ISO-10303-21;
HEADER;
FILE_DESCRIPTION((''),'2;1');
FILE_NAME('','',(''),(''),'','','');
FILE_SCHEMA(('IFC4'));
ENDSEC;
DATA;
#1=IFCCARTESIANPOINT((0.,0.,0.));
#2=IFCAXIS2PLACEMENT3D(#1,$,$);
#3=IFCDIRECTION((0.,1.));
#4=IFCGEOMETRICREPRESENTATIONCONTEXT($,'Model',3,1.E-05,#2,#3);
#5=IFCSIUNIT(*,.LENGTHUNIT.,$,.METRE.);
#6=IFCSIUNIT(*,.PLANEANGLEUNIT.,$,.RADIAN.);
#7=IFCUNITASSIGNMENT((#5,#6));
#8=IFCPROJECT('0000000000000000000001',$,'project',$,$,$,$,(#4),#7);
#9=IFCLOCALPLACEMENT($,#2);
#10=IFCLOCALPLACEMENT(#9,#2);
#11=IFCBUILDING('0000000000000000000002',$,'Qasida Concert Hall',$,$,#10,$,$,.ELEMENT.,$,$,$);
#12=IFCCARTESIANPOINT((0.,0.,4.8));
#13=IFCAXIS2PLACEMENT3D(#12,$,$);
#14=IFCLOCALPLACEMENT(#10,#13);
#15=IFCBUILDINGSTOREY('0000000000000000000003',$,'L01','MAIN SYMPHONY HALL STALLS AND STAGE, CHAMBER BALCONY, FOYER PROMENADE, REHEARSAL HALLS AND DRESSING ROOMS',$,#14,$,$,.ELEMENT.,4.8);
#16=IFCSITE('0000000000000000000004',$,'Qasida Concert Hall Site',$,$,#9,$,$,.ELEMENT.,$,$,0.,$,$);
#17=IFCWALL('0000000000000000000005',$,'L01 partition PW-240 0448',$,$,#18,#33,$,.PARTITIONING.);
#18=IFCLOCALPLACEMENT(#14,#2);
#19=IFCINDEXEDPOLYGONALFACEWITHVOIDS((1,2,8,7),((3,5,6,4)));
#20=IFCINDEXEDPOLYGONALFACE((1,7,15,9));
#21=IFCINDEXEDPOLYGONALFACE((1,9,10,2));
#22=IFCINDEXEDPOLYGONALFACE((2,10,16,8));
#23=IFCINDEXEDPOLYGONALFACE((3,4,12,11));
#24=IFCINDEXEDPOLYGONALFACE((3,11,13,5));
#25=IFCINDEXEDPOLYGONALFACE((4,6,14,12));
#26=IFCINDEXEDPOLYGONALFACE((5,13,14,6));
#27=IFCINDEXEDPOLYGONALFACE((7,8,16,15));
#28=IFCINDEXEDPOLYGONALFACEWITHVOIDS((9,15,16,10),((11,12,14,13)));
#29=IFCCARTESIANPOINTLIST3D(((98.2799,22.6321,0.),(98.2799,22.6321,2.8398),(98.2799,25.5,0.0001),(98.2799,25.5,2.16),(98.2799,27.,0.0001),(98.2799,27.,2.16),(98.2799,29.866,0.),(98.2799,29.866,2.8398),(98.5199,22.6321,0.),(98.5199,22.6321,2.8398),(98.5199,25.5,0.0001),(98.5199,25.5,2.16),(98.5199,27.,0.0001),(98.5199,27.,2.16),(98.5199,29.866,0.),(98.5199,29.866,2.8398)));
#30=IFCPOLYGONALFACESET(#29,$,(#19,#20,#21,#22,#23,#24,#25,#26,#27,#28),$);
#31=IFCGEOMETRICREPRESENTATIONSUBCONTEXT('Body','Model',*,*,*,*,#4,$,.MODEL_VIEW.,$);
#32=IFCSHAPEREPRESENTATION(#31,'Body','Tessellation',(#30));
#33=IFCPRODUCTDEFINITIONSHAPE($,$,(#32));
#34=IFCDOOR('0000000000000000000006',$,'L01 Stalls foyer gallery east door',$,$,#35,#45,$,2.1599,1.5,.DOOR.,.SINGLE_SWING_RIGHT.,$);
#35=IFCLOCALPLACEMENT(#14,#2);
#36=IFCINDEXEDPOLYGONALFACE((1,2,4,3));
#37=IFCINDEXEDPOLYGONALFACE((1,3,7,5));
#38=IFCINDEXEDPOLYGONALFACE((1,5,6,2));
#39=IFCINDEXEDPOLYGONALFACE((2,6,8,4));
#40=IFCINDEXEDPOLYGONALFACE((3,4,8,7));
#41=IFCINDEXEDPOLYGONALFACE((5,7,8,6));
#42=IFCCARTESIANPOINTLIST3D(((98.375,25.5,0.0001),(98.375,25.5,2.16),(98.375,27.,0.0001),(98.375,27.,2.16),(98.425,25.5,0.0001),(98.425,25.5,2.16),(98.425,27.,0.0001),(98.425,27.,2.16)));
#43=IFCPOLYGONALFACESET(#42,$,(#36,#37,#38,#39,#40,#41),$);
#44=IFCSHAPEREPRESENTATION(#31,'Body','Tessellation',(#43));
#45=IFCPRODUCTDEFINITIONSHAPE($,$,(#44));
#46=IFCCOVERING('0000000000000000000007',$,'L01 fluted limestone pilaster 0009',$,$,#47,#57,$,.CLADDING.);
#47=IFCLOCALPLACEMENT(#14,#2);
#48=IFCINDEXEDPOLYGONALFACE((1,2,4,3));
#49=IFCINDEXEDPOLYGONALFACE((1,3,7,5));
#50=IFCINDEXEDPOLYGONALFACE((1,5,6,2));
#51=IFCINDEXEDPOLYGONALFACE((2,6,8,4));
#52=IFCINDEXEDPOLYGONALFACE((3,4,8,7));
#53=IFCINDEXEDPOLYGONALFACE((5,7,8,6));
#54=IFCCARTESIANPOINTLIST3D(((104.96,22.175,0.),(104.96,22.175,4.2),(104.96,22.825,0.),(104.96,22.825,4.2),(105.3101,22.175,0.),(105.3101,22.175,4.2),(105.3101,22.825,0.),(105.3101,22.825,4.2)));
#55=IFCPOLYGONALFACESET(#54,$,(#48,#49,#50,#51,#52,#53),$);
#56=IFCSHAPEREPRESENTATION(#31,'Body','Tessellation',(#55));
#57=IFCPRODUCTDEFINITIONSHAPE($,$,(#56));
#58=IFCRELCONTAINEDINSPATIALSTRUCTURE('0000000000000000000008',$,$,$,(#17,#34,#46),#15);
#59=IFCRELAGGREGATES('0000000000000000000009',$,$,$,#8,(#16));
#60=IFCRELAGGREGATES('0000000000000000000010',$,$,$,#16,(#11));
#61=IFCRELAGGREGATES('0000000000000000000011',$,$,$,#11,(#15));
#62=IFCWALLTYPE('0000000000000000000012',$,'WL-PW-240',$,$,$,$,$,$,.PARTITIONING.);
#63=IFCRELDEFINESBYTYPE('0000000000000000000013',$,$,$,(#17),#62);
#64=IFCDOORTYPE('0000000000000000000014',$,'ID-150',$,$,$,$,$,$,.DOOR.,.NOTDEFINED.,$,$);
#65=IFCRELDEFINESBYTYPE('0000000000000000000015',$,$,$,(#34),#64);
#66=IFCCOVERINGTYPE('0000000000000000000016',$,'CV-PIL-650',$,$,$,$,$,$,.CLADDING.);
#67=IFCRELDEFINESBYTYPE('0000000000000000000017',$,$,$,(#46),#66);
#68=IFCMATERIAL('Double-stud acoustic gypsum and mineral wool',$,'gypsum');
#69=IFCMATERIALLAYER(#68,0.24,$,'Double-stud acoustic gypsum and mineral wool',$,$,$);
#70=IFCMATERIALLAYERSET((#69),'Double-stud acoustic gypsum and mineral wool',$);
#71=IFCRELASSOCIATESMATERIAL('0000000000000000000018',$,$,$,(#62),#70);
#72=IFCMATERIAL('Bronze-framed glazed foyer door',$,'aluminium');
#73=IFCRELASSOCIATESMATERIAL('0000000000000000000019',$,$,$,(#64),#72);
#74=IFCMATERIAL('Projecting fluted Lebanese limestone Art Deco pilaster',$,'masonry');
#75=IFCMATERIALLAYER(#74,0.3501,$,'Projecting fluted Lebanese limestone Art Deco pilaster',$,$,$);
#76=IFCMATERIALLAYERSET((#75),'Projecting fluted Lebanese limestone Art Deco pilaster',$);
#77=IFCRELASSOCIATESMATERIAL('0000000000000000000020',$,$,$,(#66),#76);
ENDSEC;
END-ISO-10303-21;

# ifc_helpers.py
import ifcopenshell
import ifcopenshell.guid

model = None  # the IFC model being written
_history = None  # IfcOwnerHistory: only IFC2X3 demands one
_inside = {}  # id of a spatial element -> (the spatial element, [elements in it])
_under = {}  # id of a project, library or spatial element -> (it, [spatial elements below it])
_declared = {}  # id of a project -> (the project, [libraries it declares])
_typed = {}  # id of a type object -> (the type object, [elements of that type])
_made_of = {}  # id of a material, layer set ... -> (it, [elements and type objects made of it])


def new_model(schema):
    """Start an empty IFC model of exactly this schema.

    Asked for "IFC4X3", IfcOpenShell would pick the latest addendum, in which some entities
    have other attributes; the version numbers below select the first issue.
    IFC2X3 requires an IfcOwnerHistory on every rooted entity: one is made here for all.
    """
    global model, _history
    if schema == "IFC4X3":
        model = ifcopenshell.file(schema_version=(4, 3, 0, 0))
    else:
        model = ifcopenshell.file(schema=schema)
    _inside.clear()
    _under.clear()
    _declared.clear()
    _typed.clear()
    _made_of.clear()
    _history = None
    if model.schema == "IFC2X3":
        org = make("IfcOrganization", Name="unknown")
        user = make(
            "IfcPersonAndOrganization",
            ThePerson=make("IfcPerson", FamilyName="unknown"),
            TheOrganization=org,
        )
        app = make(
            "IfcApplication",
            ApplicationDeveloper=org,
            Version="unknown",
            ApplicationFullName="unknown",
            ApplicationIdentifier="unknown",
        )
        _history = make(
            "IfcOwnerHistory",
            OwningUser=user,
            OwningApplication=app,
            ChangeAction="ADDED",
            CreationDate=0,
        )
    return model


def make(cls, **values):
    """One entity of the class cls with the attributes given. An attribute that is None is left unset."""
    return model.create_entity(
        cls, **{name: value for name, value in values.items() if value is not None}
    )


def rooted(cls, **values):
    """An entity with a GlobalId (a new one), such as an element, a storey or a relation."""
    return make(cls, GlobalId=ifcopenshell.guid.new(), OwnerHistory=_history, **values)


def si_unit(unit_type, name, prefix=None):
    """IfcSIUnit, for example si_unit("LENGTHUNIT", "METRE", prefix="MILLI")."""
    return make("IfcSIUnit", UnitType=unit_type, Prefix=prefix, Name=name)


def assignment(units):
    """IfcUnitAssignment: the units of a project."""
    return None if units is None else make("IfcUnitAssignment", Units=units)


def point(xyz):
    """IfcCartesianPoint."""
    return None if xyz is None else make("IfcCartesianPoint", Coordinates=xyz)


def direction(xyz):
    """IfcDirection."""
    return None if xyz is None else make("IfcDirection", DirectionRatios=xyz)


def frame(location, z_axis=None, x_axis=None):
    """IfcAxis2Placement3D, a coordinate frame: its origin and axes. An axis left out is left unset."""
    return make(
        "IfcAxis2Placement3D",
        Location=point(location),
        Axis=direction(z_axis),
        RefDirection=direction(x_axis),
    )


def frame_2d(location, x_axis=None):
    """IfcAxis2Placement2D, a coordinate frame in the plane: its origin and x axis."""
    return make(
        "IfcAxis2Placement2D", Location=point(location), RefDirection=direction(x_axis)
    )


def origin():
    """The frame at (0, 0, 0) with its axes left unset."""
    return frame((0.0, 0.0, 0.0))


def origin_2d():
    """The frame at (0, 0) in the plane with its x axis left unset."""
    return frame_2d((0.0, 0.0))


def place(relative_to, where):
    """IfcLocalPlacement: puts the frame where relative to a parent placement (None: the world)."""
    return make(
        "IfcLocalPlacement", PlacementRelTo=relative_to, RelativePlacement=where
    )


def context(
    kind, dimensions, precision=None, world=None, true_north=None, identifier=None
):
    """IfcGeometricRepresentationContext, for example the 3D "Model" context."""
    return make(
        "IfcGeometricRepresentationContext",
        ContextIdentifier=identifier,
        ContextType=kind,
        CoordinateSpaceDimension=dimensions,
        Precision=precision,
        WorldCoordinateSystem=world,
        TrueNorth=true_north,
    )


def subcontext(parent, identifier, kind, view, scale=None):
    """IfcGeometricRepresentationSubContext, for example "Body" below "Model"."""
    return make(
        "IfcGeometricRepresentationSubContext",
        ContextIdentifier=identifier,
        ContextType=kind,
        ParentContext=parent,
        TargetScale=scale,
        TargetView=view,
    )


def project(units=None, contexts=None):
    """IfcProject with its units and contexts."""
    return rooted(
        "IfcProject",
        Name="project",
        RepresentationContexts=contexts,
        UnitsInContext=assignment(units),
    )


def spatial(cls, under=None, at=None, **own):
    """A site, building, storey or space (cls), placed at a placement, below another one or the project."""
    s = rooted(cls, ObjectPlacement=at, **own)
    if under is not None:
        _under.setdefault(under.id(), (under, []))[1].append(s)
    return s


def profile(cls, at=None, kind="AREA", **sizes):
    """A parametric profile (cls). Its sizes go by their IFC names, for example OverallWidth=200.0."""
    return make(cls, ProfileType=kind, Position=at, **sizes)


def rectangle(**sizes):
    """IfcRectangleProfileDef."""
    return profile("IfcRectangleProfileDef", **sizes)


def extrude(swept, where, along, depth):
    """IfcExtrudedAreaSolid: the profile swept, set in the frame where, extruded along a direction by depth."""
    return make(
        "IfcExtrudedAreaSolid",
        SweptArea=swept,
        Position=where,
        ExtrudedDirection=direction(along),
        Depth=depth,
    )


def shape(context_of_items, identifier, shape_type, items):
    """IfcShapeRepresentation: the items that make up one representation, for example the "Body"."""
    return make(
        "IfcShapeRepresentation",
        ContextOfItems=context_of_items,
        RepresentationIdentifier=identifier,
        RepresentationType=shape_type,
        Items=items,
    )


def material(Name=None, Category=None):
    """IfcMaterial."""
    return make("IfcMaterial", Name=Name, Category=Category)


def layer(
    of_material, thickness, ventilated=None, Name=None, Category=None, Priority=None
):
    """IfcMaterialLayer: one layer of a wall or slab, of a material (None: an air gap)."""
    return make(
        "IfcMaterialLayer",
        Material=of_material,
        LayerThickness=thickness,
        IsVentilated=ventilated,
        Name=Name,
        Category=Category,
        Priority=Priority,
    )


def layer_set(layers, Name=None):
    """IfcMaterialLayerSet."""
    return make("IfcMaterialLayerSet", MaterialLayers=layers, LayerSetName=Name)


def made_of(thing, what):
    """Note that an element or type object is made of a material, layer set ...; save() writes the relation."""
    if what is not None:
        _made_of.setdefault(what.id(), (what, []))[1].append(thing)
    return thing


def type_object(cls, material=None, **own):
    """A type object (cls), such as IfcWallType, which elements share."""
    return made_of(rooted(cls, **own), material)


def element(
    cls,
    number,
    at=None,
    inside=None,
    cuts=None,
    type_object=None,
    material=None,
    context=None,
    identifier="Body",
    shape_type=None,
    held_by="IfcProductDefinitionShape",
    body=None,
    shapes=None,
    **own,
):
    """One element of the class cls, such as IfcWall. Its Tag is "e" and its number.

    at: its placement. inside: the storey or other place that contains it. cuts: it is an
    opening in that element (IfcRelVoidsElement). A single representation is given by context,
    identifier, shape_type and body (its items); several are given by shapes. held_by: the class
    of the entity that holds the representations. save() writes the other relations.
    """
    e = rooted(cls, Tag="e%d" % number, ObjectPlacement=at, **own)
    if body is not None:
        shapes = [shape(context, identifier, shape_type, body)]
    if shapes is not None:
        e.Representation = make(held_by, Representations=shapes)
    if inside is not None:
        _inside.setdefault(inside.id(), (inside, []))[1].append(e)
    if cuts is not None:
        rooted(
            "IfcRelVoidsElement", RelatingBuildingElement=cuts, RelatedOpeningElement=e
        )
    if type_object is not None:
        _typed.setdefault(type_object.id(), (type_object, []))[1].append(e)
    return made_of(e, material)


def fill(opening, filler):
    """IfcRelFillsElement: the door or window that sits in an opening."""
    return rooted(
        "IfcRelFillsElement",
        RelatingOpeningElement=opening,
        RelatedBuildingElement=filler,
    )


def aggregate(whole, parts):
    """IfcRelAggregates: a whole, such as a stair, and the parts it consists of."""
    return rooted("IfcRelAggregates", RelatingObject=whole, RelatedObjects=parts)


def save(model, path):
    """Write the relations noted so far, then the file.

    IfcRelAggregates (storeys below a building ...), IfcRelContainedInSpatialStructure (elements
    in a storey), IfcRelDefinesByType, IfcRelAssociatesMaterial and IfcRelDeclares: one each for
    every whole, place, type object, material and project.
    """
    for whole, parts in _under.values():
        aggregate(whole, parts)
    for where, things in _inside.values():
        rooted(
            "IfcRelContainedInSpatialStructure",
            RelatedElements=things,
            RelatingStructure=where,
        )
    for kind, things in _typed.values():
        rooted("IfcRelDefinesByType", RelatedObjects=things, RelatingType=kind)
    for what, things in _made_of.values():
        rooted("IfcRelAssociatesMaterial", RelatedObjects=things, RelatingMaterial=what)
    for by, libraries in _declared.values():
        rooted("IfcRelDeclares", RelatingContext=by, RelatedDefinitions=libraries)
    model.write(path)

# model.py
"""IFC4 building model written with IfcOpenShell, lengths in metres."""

from ifc_helpers import new_model, si_unit, direction, frame, frame_2d, origin, origin_2d, place, context, subcontext, project, spatial, rectangle, extrude, material, layer, layer_set, type_object, element, fill, save


model = new_model("IFC4")

# Units and contexts
model_context = context("Model", 3, precision=1e-05, world=origin(), true_north=direction((0.0, 1.0)))
body_context = subcontext(model_context, "Body", "Model", "MODEL_VIEW")
ifc_project = project(units=[si_unit("LENGTHUNIT", "METRE"), si_unit("PLANEANGLEUNIT", "RADIAN")], contexts=[model_context])

# Site, building, storey
site_placement = place(None, origin())
site = spatial("IfcSite", under=ifc_project, at=site_placement, Name="Qasida Concert Hall Site", CompositionType="ELEMENT", RefElevation=0.0)
building_placement = place(site_placement, origin())
building = spatial("IfcBuilding", under=site, at=building_placement, Name="Qasida Concert Hall", CompositionType="ELEMENT")
storey_placement = place(building_placement, frame((0.0, 0.0, 4.8)))
storey = spatial("IfcBuildingStorey", under=building, at=storey_placement, Name="L01", Description="MAIN SYMPHONY HALL STALLS AND STAGE, CHAMBER BALCONY, FOYER PROMENADE, REHEARSAL HALLS AND DRESSING ROOMS", CompositionType="ELEMENT", Elevation=4.8)

# Wall, opening, door
ifc_material_1 = material(Name="Double-stud acoustic gypsum and mineral wool", Category="gypsum")
ifc_layer_1 = layer(ifc_material_1, 0.24, Name="Double-stud acoustic gypsum and mineral wool")
ifc_layer_set_1 = layer_set([ifc_layer_1], Name="Double-stud acoustic gypsum and mineral wool")
wall_type_1 = type_object("IfcWallType", Name="WL-PW-240", PredefinedType="PARTITIONING", material=ifc_layer_set_1)
wall_1_placement = place(storey_placement, frame((98.3999, 22.6321, 0.0), z_axis=(0.0, 0.0, 1.0), x_axis=(0.0, 1.0, 0.0)))
wall_1 = element("IfcWall", 1, at=wall_1_placement, inside=storey, type_object=wall_type_1, Name="L01 partition PW-240 0448", PredefinedType="PARTITIONING", context=body_context, shape_type="SweptSolid", body=[
    extrude(rectangle(XDim=7.2339, YDim=0.24, at=frame_2d((3.6169, 0.0))), origin(), (0.0, 0.0, 1.0), 2.8398),
])
opening_placement = place(wall_1_placement, frame((2.8679, 0.0, 0.0)))
opening = element("IfcOpeningElement", 2, at=opening_placement, cuts=wall_1, PredefinedType="OPENING", context=body_context, shape_type="SweptSolid", body=[
    extrude(rectangle(XDim=1.5, YDim=2.1599, at=frame_2d((0.75, 1.0801))), frame((0.0, 0.1299, 0.0), z_axis=(0.0, -1.0, 0.0), x_axis=(1.0, 0.0, 0.0)), (0.0, 0.0, 1.0), 0.26),
])
ifc_material_2 = material(Name="Bronze-framed glazed foyer door", Category="aluminium")
door_type = type_object("IfcDoorType", Name="ID-150", OperationType="NOTDEFINED", PredefinedType="DOOR", material=ifc_material_2)
door_placement = place(opening_placement, origin())
door = element("IfcDoor", 3, at=door_placement, inside=storey, type_object=door_type, Name="L01 Stalls foyer gallery east door", OperationType="SINGLE_SWING_RIGHT", OverallHeight=2.1599, OverallWidth=1.5, PredefinedType="DOOR", context=body_context, shape_type="SweptSolid", body=[
    extrude(rectangle(XDim=1.5, YDim=2.1599, at=frame_2d((0.75, 1.0801))), frame((0.0, 0.0249, 0.0), z_axis=(0.0, -1.0, 0.0), x_axis=(1.0, 0.0, 0.0)), (0.0, 0.0, 1.0), 0.05),
])
fill(opening, door)

# Covering
ifc_material_3 = material(Name="Projecting fluted Lebanese limestone Art Deco pilaster", Category="masonry")
ifc_layer_2 = layer(ifc_material_3, 0.3501, Name="Projecting fluted Lebanese limestone Art Deco pilaster")
ifc_layer_set_2 = layer_set([ifc_layer_2], Name="Projecting fluted Lebanese limestone Art Deco pilaster")
covering_type = type_object("IfcCoveringType", Name="CV-PIL-650", PredefinedType="CLADDING", material=ifc_layer_set_2)
covering_placement = place(storey_placement, frame((105.135, 22.5, 0.0), z_axis=(0.0, 0.0, 1.0), x_axis=(1.0, 0.0, 0.0)))
element("IfcCovering", 4, at=covering_placement, inside=storey, type_object=covering_type, Name="L01 fluted limestone pilaster 0009", PredefinedType="CLADDING", context=body_context, shape_type="SweptSolid", body=[
    extrude(rectangle(XDim=0.3501, YDim=0.6499, at=origin_2d()), origin(), (0.0, 0.0, 1.0), 4.2),
])

save(model, "model.ifc")
